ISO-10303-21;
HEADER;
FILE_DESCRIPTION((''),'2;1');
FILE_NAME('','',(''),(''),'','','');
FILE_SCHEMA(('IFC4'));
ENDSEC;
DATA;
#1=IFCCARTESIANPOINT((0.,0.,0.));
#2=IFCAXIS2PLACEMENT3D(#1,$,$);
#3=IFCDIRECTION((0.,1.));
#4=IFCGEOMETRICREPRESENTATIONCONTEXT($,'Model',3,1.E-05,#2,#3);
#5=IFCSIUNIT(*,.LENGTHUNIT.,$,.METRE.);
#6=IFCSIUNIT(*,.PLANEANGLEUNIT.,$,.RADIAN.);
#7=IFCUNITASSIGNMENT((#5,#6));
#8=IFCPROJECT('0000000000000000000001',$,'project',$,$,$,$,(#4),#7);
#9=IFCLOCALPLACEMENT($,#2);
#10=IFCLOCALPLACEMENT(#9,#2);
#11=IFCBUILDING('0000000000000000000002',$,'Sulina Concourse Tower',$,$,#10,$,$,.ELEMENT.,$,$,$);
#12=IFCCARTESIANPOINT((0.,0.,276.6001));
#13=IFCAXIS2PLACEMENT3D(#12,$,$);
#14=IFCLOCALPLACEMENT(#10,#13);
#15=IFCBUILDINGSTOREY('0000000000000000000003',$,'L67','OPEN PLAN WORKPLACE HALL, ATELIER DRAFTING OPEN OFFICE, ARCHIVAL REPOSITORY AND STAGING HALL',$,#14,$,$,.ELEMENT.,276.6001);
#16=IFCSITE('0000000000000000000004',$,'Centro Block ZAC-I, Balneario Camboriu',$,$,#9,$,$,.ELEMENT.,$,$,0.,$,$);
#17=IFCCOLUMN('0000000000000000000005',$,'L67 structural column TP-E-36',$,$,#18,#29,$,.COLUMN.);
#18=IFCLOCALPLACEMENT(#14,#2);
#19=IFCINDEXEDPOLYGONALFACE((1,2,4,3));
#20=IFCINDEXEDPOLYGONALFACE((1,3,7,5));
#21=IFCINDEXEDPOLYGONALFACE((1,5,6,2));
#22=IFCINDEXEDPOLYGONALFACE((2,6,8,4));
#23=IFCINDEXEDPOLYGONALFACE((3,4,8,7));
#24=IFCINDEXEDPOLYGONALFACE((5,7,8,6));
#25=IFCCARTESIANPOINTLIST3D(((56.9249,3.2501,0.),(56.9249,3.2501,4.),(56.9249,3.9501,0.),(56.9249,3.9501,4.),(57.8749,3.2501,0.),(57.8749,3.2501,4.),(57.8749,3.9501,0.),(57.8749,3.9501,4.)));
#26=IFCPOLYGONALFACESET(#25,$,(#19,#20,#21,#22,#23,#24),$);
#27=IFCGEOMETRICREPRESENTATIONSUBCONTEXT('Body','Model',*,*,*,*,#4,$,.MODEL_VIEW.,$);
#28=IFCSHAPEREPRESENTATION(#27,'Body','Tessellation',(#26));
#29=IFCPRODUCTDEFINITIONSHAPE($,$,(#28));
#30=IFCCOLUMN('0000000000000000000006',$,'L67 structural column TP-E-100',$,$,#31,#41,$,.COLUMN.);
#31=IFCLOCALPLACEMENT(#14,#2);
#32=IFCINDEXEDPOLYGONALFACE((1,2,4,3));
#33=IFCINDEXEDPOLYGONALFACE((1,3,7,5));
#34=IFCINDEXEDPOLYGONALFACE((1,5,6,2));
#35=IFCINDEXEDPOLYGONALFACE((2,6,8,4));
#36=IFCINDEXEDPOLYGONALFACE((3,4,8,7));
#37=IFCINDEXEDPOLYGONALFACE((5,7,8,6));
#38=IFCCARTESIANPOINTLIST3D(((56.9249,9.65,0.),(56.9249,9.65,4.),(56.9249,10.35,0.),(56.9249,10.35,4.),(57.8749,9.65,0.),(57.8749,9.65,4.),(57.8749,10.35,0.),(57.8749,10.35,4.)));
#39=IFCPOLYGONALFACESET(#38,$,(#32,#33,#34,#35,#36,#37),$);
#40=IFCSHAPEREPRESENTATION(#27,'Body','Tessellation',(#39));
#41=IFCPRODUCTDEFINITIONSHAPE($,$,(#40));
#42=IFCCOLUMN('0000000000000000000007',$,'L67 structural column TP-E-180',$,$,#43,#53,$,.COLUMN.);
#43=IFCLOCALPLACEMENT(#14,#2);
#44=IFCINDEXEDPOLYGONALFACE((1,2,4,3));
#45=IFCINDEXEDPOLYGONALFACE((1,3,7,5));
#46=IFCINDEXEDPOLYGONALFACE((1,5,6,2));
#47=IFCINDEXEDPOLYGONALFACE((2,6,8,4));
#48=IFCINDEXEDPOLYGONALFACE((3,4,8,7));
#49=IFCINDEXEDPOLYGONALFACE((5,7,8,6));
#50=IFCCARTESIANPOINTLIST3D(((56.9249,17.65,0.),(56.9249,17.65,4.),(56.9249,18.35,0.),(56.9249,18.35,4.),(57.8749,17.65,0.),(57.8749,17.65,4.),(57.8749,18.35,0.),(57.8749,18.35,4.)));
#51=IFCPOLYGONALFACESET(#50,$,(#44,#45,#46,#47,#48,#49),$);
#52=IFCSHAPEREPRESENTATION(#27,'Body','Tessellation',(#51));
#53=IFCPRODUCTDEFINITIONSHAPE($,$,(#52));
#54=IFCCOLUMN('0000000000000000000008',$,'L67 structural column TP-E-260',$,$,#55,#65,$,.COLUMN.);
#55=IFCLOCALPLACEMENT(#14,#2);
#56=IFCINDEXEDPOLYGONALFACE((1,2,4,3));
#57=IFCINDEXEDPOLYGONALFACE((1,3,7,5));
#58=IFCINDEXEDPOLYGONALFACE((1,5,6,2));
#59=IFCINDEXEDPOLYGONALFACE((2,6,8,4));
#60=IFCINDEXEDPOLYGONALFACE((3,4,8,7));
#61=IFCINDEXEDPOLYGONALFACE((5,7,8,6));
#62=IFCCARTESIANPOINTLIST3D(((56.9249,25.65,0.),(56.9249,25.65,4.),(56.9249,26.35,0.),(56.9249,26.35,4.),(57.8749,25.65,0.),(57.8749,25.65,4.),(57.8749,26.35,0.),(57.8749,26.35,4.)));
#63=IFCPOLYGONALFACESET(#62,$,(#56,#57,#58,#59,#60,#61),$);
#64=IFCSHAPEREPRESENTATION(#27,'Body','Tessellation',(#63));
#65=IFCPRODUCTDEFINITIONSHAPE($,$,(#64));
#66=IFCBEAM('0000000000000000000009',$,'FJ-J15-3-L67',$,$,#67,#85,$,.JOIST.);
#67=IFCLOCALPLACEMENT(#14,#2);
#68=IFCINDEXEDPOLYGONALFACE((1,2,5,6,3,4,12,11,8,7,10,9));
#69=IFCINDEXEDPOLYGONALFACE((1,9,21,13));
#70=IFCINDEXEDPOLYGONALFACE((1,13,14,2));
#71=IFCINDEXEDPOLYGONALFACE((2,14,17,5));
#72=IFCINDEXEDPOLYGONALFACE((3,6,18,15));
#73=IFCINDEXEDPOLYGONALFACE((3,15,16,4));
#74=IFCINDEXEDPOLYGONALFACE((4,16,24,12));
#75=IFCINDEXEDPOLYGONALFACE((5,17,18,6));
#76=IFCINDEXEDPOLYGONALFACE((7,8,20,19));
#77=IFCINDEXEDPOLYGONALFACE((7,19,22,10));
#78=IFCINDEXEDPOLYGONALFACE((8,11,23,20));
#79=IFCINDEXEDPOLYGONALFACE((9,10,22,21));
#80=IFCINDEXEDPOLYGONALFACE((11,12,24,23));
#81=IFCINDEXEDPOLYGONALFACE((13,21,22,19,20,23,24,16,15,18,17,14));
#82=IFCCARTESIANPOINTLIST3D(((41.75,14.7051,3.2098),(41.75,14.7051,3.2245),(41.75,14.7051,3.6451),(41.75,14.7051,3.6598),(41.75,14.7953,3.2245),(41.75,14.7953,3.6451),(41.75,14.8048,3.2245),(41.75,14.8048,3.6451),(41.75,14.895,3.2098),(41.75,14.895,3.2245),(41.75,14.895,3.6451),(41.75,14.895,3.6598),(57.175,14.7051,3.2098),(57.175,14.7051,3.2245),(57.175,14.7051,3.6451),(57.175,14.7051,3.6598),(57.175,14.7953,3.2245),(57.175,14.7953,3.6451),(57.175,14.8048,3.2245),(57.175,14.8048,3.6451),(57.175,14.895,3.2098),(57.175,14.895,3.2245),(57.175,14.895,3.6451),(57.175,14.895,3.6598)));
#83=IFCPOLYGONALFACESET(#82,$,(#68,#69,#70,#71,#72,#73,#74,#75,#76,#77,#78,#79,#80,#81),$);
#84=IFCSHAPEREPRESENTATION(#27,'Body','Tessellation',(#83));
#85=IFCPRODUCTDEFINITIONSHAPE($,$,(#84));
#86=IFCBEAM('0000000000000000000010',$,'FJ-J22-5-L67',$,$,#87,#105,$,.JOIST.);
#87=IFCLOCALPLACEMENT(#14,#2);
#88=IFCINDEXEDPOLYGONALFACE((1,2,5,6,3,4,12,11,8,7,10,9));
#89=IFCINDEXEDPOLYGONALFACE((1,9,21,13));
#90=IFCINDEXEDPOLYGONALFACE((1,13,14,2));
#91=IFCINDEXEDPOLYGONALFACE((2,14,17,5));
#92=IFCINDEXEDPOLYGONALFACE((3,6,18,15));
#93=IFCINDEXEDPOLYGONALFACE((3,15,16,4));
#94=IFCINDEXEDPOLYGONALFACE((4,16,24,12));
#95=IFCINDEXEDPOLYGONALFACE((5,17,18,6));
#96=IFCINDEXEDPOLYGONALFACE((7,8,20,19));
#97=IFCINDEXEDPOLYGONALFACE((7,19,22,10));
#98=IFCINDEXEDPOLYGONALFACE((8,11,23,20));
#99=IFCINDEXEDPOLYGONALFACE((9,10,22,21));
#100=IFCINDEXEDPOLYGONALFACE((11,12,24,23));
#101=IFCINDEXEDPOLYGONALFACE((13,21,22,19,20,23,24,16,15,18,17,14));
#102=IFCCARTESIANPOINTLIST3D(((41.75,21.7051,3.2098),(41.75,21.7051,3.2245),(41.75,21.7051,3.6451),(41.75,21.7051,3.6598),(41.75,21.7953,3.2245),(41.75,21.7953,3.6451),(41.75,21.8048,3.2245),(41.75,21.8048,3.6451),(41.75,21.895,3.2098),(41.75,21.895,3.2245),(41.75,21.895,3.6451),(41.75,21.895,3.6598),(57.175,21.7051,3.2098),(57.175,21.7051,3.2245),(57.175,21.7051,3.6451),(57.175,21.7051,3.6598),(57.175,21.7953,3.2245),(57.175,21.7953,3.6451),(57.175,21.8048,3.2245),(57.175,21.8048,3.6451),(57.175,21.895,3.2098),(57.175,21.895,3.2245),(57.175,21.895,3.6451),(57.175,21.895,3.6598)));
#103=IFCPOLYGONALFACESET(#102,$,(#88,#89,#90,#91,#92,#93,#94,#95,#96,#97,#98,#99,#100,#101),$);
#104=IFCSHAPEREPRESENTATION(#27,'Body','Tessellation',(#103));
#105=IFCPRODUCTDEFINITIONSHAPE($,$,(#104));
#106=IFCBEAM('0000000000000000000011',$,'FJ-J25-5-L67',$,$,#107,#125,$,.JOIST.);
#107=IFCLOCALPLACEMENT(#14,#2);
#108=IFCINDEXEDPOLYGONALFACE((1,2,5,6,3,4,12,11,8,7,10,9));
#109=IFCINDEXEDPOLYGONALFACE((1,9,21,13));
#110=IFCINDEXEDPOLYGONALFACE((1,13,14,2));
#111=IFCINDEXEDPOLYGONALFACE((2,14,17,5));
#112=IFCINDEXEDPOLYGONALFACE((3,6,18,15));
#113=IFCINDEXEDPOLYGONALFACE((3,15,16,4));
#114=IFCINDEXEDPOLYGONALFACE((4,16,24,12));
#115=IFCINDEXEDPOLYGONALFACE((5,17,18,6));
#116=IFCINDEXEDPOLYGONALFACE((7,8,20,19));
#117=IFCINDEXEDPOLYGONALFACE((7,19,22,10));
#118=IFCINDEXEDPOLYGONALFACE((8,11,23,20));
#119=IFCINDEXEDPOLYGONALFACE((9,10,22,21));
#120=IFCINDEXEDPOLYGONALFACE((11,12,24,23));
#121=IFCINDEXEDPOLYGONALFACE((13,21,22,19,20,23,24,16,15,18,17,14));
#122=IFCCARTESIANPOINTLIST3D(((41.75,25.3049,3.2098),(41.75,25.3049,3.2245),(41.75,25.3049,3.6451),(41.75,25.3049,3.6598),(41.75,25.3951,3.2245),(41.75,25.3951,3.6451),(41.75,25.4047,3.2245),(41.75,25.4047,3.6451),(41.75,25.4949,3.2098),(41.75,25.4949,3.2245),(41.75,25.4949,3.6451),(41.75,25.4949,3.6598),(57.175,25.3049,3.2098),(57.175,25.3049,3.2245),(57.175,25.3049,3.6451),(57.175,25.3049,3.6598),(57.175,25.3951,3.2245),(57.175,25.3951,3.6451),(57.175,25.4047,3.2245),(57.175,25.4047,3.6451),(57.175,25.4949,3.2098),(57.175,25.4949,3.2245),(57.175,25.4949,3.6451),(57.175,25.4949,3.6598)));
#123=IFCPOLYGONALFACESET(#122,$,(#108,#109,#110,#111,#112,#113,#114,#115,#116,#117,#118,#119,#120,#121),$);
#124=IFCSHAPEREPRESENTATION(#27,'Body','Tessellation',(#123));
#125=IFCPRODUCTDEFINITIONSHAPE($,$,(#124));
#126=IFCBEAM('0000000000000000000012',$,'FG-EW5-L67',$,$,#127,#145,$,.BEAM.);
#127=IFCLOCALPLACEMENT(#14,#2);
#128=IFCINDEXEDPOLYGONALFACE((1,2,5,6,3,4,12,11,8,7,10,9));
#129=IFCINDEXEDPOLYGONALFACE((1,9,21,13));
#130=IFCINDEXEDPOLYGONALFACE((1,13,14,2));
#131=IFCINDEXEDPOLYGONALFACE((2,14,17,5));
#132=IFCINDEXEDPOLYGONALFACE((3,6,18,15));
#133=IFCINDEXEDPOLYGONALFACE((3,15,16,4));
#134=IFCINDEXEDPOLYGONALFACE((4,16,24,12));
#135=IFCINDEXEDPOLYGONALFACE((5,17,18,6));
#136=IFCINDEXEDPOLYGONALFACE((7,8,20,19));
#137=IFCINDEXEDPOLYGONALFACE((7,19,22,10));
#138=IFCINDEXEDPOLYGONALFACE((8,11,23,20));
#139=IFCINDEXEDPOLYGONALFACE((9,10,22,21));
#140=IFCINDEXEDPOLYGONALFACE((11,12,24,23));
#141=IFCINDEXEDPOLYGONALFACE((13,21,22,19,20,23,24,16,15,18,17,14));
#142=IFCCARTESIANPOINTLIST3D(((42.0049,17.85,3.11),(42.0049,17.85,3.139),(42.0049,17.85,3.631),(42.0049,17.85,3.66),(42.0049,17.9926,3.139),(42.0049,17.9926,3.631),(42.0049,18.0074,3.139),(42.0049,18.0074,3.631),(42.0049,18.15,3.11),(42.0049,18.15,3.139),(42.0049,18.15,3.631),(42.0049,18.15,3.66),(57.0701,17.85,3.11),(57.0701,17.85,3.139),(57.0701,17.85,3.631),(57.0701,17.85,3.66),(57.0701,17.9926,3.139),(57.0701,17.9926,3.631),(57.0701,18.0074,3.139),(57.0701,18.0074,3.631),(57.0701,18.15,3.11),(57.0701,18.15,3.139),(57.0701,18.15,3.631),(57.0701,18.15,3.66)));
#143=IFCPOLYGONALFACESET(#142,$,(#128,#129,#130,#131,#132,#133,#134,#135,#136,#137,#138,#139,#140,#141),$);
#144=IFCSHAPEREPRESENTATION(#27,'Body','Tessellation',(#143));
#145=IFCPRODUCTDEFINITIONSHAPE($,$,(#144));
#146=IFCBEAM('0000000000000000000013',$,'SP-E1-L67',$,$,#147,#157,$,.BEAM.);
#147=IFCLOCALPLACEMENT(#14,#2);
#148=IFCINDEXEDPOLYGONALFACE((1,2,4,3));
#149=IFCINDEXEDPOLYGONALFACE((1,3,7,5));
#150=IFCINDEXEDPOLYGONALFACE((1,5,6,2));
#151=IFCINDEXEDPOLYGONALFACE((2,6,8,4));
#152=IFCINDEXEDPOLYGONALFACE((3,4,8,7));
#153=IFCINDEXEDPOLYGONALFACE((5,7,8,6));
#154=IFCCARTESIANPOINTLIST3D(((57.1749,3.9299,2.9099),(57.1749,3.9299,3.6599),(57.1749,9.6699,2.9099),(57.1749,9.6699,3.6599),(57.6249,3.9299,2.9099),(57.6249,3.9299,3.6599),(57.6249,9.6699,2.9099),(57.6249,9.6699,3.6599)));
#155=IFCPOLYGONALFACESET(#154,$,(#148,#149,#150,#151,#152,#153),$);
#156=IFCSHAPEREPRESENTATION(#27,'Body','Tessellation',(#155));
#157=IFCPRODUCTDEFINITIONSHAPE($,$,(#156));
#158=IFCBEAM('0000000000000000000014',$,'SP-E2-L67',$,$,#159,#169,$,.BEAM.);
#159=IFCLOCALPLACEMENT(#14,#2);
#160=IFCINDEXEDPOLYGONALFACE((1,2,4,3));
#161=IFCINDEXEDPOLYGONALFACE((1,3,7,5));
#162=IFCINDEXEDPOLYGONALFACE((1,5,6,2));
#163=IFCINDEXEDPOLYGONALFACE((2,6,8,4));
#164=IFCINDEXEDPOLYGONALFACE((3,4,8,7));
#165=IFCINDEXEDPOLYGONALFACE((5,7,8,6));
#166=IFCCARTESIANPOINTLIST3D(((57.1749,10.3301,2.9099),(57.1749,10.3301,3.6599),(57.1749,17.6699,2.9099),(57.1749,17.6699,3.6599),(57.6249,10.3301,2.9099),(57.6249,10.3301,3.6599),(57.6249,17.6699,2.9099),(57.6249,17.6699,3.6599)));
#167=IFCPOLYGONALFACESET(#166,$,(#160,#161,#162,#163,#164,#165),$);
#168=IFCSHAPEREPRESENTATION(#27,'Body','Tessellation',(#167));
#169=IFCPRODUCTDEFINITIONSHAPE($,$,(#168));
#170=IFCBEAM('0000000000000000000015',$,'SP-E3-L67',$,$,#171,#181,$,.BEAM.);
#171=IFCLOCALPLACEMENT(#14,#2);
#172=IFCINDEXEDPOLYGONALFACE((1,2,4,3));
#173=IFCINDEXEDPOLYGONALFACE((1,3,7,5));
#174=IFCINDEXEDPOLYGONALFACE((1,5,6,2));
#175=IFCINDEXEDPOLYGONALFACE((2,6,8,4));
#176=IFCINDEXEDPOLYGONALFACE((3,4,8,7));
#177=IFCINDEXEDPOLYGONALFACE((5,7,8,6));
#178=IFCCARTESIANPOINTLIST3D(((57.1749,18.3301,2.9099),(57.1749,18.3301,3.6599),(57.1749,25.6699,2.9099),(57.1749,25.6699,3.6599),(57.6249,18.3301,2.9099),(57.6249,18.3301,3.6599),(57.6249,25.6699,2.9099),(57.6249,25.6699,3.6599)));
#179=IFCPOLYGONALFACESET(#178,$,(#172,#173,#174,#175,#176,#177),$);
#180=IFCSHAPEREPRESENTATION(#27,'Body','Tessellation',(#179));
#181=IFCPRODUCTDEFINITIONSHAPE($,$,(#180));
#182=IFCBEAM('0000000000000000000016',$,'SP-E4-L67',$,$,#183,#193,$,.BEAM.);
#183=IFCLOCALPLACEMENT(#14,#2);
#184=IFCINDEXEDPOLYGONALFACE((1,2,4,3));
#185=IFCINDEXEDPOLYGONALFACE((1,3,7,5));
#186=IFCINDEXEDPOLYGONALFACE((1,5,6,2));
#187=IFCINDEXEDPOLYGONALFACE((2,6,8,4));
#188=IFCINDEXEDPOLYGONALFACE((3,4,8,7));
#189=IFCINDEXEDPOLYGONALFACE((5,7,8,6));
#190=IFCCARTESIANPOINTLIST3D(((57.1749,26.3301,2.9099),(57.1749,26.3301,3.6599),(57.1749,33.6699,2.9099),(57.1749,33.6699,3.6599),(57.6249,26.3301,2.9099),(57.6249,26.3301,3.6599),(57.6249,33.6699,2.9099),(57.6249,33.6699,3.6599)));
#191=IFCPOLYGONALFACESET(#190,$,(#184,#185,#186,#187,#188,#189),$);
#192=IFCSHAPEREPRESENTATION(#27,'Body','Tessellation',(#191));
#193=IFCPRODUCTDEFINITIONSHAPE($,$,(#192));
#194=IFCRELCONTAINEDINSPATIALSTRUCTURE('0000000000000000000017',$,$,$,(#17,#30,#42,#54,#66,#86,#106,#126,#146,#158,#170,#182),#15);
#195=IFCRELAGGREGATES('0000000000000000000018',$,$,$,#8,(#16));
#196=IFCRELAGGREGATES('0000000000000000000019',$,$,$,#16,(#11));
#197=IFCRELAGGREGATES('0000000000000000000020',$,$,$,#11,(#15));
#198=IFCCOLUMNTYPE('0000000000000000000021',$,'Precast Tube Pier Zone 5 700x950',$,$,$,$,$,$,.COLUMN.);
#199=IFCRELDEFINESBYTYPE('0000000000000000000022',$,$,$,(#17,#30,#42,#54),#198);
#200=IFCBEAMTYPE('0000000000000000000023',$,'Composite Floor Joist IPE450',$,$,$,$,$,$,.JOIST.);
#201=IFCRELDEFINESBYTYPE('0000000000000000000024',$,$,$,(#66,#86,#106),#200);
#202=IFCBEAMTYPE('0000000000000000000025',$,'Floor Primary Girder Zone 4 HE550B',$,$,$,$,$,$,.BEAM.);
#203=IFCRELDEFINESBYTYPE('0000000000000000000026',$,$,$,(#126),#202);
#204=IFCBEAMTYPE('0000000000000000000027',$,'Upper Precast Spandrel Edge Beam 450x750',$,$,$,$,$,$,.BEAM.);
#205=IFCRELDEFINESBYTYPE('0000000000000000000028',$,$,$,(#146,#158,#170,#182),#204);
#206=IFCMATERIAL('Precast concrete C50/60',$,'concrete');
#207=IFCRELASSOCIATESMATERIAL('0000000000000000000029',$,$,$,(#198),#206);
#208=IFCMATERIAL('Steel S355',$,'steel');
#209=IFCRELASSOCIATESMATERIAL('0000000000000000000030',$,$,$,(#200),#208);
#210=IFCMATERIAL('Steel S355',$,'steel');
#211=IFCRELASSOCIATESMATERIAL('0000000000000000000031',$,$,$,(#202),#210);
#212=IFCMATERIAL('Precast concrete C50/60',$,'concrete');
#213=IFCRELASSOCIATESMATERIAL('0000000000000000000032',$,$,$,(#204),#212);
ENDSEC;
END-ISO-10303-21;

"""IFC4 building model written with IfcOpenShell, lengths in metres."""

from ifc_helpers import new_model, si_unit, direction, frame, origin, origin_2d, place, context, subcontext, project, spatial, rectangle, i_section, extrude, material, material_profile, profile_set, type_object, element, save


model = new_model("IFC4")

# Units and contexts
model_context = context("Model", 3, precision=1e-05, world=origin(), true_north=direction((0.0, 1.0)))
body_context = subcontext(model_context, "Body", "Model", "MODEL_VIEW")
ifc_project = project(units=[si_unit("LENGTHUNIT", "METRE"), si_unit("PLANEANGLEUNIT", "RADIAN")], contexts=[model_context])

# Site, building, storey
site_placement = place(None, origin())
site = spatial("IfcSite", under=ifc_project, at=site_placement, Name="Centro Block ZAC-I, Balneario Camboriu", CompositionType="ELEMENT", RefElevation=0.0)
building_placement = place(site_placement, origin())
building = spatial("IfcBuilding", under=site, at=building_placement, Name="Sulina Concourse Tower", CompositionType="ELEMENT")
storey_placement = place(building_placement, frame((0.0, 0.0, 276.6001)))
storey = spatial("IfcBuildingStorey", under=building, at=storey_placement, Name="L67", Description="OPEN PLAN WORKPLACE HALL, ATELIER DRAFTING OPEN OFFICE, ARCHIVAL REPOSITORY AND STAGING HALL", CompositionType="ELEMENT", Elevation=276.6001)

# Columns
ifc_material_1 = material(Name="Precast concrete C50/60", Category="concrete")
ifc_material_profile_1 = material_profile(ifc_material_1, rectangle(XDim=0.7, YDim=0.95, at=origin_2d()), Name="PC 700x950")
ifc_profile_set_1 = profile_set([ifc_material_profile_1], Name="Precast concrete C50/60")
column_type = type_object("IfcColumnType", Name="Precast Tube Pier Zone 5 700x950", PredefinedType="COLUMN", material=ifc_profile_set_1)
for number, where, z_axis, x_axis, name in (
    (1, (57.3999, 3.6001, 0.0), (0.0, 0.0, 1.0), (0.0, 1.0, 0.0), "L67 structural column TP-E-36"),
    (2, (57.3999, 10.0, 0.0), (0.0, 0.0, 1.0), (0.0, 1.0, 0.0), "L67 structural column TP-E-100"),
    (3, (57.3999, 18.0, 0.0), (0.0, 0.0, 1.0), (0.0, 1.0, 0.0), "L67 structural column TP-E-180"),
    (4, (57.3999, 26.0, 0.0), (0.0, 0.0, 1.0), (0.0, 1.0, 0.0), "L67 structural column TP-E-260"),
):
    element("IfcColumn", number, at=place(storey_placement, frame(where, z_axis=z_axis, x_axis=x_axis)), inside=storey, type_object=column_type, Name=name, PredefinedType="COLUMN", context=body_context, shape_type="SweptSolid", body=[
        extrude(rectangle(XDim=0.7, YDim=0.95, at=origin_2d()), origin(), (0.0, 0.0, 1.0), 4.0),
    ])

# Beams
ifc_material_2 = material(Name="Steel S355", Category="steel")
ifc_material_profile_2 = material_profile(ifc_material_2, i_section(OverallWidth=0.1899, OverallDepth=0.45, WebThickness=0.0095, FlangeThickness=0.0146, at=origin_2d()), Name="IPE 450")
ifc_profile_set_2 = profile_set([ifc_material_profile_2], Name="Steel S355")
beam_type_1 = type_object("IfcBeamType", Name="Composite Floor Joist IPE450", PredefinedType="JOIST", material=ifc_profile_set_2)
for number, where, z_axis, x_axis, name in (
    (5, (41.75, 14.8, 3.4348), (1.0, 0.0, 0.0), (0.0, 1.0, 0.0), "FJ-J15-3-L67"),
    (6, (41.75, 21.8, 3.4348), (1.0, 0.0, 0.0), (0.0, 1.0, 0.0), "FJ-J22-5-L67"),
    (7, (41.75, 25.3999, 3.4348), (1.0, 0.0, 0.0), (0.0, 1.0, 0.0), "FJ-J25-5-L67"),
):
    element("IfcBeam", number, at=place(storey_placement, frame(where, z_axis=z_axis, x_axis=x_axis)), inside=storey, type_object=beam_type_1, Name=name, PredefinedType="JOIST", context=body_context, shape_type="SweptSolid", body=[
        extrude(i_section(OverallWidth=0.1899, OverallDepth=0.45, WebThickness=0.0095, FlangeThickness=0.0146, at=origin_2d()), origin(), (0.0, 0.0, 1.0), 15.425),
    ])
ifc_material_3 = material(Name="Steel S355", Category="steel")
ifc_material_profile_3 = material_profile(ifc_material_3, i_section(OverallWidth=0.3, OverallDepth=0.55, WebThickness=0.0149, FlangeThickness=0.0291, at=origin_2d()), Name="HE 550 B")
ifc_profile_set_3 = profile_set([ifc_material_profile_3], Name="Steel S355")
beam_type_2 = type_object("IfcBeamType", Name="Floor Primary Girder Zone 4 HE550B", PredefinedType="BEAM", material=ifc_profile_set_3)
beam_1_placement = place(storey_placement, frame((42.0049, 18.0, 3.385), z_axis=(1.0, 0.0, 0.0), x_axis=(0.0, 1.0, 0.0)))
element("IfcBeam", 8, at=beam_1_placement, inside=storey, type_object=beam_type_2, Name="FG-EW5-L67", PredefinedType="BEAM", context=body_context, shape_type="SweptSolid", body=[
    extrude(i_section(OverallWidth=0.3, OverallDepth=0.55, WebThickness=0.0149, FlangeThickness=0.0291, at=origin_2d()), origin(), (0.0, 0.0, 1.0), 15.0652),
])
ifc_material_4 = material(Name="Precast concrete C50/60", Category="concrete")
ifc_material_profile_4 = material_profile(ifc_material_4, rectangle(XDim=0.45, YDim=0.75, at=origin_2d()), Name="RC 450x750")
ifc_profile_set_4 = profile_set([ifc_material_profile_4], Name="Precast concrete C50/60")
beam_type_3 = type_object("IfcBeamType", Name="Upper Precast Spandrel Edge Beam 450x750", PredefinedType="BEAM", material=ifc_profile_set_4)
beam_2_placement = place(storey_placement, frame((57.3999, 3.9299, 3.2849), z_axis=(0.0, 1.0, 0.0), x_axis=(-1.0, 0.0, 0.0)))
element("IfcBeam", 9, at=beam_2_placement, inside=storey, type_object=beam_type_3, Name="SP-E1-L67", PredefinedType="BEAM", context=body_context, shape_type="SweptSolid", body=[
    extrude(rectangle(XDim=0.45, YDim=0.75, at=origin_2d()), origin(), (0.0, 0.0, 1.0), 5.74),
])
for number, where, z_axis, x_axis, name in (
    (10, (57.3999, 10.3301, 3.2849), (0.0, 1.0, 0.0), (-1.0, 0.0, 0.0), "SP-E2-L67"),
    (11, (57.3999, 18.3301, 3.2849), (0.0, 1.0, 0.0), (-1.0, 0.0, 0.0), "SP-E3-L67"),
    (12, (57.3999, 26.3301, 3.2849), (0.0, 1.0, 0.0), (-1.0, 0.0, 0.0), "SP-E4-L67"),
):
    element("IfcBeam", number, at=place(storey_placement, frame(where, z_axis=z_axis, x_axis=x_axis)), inside=storey, type_object=beam_type_3, Name=name, PredefinedType="BEAM", context=body_context, shape_type="SweptSolid", body=[
        extrude(rectangle(XDim=0.45, YDim=0.75, at=origin_2d()), origin(), (0.0, 0.0, 1.0), 7.3398),
    ])

save(model, "model.ifc")
